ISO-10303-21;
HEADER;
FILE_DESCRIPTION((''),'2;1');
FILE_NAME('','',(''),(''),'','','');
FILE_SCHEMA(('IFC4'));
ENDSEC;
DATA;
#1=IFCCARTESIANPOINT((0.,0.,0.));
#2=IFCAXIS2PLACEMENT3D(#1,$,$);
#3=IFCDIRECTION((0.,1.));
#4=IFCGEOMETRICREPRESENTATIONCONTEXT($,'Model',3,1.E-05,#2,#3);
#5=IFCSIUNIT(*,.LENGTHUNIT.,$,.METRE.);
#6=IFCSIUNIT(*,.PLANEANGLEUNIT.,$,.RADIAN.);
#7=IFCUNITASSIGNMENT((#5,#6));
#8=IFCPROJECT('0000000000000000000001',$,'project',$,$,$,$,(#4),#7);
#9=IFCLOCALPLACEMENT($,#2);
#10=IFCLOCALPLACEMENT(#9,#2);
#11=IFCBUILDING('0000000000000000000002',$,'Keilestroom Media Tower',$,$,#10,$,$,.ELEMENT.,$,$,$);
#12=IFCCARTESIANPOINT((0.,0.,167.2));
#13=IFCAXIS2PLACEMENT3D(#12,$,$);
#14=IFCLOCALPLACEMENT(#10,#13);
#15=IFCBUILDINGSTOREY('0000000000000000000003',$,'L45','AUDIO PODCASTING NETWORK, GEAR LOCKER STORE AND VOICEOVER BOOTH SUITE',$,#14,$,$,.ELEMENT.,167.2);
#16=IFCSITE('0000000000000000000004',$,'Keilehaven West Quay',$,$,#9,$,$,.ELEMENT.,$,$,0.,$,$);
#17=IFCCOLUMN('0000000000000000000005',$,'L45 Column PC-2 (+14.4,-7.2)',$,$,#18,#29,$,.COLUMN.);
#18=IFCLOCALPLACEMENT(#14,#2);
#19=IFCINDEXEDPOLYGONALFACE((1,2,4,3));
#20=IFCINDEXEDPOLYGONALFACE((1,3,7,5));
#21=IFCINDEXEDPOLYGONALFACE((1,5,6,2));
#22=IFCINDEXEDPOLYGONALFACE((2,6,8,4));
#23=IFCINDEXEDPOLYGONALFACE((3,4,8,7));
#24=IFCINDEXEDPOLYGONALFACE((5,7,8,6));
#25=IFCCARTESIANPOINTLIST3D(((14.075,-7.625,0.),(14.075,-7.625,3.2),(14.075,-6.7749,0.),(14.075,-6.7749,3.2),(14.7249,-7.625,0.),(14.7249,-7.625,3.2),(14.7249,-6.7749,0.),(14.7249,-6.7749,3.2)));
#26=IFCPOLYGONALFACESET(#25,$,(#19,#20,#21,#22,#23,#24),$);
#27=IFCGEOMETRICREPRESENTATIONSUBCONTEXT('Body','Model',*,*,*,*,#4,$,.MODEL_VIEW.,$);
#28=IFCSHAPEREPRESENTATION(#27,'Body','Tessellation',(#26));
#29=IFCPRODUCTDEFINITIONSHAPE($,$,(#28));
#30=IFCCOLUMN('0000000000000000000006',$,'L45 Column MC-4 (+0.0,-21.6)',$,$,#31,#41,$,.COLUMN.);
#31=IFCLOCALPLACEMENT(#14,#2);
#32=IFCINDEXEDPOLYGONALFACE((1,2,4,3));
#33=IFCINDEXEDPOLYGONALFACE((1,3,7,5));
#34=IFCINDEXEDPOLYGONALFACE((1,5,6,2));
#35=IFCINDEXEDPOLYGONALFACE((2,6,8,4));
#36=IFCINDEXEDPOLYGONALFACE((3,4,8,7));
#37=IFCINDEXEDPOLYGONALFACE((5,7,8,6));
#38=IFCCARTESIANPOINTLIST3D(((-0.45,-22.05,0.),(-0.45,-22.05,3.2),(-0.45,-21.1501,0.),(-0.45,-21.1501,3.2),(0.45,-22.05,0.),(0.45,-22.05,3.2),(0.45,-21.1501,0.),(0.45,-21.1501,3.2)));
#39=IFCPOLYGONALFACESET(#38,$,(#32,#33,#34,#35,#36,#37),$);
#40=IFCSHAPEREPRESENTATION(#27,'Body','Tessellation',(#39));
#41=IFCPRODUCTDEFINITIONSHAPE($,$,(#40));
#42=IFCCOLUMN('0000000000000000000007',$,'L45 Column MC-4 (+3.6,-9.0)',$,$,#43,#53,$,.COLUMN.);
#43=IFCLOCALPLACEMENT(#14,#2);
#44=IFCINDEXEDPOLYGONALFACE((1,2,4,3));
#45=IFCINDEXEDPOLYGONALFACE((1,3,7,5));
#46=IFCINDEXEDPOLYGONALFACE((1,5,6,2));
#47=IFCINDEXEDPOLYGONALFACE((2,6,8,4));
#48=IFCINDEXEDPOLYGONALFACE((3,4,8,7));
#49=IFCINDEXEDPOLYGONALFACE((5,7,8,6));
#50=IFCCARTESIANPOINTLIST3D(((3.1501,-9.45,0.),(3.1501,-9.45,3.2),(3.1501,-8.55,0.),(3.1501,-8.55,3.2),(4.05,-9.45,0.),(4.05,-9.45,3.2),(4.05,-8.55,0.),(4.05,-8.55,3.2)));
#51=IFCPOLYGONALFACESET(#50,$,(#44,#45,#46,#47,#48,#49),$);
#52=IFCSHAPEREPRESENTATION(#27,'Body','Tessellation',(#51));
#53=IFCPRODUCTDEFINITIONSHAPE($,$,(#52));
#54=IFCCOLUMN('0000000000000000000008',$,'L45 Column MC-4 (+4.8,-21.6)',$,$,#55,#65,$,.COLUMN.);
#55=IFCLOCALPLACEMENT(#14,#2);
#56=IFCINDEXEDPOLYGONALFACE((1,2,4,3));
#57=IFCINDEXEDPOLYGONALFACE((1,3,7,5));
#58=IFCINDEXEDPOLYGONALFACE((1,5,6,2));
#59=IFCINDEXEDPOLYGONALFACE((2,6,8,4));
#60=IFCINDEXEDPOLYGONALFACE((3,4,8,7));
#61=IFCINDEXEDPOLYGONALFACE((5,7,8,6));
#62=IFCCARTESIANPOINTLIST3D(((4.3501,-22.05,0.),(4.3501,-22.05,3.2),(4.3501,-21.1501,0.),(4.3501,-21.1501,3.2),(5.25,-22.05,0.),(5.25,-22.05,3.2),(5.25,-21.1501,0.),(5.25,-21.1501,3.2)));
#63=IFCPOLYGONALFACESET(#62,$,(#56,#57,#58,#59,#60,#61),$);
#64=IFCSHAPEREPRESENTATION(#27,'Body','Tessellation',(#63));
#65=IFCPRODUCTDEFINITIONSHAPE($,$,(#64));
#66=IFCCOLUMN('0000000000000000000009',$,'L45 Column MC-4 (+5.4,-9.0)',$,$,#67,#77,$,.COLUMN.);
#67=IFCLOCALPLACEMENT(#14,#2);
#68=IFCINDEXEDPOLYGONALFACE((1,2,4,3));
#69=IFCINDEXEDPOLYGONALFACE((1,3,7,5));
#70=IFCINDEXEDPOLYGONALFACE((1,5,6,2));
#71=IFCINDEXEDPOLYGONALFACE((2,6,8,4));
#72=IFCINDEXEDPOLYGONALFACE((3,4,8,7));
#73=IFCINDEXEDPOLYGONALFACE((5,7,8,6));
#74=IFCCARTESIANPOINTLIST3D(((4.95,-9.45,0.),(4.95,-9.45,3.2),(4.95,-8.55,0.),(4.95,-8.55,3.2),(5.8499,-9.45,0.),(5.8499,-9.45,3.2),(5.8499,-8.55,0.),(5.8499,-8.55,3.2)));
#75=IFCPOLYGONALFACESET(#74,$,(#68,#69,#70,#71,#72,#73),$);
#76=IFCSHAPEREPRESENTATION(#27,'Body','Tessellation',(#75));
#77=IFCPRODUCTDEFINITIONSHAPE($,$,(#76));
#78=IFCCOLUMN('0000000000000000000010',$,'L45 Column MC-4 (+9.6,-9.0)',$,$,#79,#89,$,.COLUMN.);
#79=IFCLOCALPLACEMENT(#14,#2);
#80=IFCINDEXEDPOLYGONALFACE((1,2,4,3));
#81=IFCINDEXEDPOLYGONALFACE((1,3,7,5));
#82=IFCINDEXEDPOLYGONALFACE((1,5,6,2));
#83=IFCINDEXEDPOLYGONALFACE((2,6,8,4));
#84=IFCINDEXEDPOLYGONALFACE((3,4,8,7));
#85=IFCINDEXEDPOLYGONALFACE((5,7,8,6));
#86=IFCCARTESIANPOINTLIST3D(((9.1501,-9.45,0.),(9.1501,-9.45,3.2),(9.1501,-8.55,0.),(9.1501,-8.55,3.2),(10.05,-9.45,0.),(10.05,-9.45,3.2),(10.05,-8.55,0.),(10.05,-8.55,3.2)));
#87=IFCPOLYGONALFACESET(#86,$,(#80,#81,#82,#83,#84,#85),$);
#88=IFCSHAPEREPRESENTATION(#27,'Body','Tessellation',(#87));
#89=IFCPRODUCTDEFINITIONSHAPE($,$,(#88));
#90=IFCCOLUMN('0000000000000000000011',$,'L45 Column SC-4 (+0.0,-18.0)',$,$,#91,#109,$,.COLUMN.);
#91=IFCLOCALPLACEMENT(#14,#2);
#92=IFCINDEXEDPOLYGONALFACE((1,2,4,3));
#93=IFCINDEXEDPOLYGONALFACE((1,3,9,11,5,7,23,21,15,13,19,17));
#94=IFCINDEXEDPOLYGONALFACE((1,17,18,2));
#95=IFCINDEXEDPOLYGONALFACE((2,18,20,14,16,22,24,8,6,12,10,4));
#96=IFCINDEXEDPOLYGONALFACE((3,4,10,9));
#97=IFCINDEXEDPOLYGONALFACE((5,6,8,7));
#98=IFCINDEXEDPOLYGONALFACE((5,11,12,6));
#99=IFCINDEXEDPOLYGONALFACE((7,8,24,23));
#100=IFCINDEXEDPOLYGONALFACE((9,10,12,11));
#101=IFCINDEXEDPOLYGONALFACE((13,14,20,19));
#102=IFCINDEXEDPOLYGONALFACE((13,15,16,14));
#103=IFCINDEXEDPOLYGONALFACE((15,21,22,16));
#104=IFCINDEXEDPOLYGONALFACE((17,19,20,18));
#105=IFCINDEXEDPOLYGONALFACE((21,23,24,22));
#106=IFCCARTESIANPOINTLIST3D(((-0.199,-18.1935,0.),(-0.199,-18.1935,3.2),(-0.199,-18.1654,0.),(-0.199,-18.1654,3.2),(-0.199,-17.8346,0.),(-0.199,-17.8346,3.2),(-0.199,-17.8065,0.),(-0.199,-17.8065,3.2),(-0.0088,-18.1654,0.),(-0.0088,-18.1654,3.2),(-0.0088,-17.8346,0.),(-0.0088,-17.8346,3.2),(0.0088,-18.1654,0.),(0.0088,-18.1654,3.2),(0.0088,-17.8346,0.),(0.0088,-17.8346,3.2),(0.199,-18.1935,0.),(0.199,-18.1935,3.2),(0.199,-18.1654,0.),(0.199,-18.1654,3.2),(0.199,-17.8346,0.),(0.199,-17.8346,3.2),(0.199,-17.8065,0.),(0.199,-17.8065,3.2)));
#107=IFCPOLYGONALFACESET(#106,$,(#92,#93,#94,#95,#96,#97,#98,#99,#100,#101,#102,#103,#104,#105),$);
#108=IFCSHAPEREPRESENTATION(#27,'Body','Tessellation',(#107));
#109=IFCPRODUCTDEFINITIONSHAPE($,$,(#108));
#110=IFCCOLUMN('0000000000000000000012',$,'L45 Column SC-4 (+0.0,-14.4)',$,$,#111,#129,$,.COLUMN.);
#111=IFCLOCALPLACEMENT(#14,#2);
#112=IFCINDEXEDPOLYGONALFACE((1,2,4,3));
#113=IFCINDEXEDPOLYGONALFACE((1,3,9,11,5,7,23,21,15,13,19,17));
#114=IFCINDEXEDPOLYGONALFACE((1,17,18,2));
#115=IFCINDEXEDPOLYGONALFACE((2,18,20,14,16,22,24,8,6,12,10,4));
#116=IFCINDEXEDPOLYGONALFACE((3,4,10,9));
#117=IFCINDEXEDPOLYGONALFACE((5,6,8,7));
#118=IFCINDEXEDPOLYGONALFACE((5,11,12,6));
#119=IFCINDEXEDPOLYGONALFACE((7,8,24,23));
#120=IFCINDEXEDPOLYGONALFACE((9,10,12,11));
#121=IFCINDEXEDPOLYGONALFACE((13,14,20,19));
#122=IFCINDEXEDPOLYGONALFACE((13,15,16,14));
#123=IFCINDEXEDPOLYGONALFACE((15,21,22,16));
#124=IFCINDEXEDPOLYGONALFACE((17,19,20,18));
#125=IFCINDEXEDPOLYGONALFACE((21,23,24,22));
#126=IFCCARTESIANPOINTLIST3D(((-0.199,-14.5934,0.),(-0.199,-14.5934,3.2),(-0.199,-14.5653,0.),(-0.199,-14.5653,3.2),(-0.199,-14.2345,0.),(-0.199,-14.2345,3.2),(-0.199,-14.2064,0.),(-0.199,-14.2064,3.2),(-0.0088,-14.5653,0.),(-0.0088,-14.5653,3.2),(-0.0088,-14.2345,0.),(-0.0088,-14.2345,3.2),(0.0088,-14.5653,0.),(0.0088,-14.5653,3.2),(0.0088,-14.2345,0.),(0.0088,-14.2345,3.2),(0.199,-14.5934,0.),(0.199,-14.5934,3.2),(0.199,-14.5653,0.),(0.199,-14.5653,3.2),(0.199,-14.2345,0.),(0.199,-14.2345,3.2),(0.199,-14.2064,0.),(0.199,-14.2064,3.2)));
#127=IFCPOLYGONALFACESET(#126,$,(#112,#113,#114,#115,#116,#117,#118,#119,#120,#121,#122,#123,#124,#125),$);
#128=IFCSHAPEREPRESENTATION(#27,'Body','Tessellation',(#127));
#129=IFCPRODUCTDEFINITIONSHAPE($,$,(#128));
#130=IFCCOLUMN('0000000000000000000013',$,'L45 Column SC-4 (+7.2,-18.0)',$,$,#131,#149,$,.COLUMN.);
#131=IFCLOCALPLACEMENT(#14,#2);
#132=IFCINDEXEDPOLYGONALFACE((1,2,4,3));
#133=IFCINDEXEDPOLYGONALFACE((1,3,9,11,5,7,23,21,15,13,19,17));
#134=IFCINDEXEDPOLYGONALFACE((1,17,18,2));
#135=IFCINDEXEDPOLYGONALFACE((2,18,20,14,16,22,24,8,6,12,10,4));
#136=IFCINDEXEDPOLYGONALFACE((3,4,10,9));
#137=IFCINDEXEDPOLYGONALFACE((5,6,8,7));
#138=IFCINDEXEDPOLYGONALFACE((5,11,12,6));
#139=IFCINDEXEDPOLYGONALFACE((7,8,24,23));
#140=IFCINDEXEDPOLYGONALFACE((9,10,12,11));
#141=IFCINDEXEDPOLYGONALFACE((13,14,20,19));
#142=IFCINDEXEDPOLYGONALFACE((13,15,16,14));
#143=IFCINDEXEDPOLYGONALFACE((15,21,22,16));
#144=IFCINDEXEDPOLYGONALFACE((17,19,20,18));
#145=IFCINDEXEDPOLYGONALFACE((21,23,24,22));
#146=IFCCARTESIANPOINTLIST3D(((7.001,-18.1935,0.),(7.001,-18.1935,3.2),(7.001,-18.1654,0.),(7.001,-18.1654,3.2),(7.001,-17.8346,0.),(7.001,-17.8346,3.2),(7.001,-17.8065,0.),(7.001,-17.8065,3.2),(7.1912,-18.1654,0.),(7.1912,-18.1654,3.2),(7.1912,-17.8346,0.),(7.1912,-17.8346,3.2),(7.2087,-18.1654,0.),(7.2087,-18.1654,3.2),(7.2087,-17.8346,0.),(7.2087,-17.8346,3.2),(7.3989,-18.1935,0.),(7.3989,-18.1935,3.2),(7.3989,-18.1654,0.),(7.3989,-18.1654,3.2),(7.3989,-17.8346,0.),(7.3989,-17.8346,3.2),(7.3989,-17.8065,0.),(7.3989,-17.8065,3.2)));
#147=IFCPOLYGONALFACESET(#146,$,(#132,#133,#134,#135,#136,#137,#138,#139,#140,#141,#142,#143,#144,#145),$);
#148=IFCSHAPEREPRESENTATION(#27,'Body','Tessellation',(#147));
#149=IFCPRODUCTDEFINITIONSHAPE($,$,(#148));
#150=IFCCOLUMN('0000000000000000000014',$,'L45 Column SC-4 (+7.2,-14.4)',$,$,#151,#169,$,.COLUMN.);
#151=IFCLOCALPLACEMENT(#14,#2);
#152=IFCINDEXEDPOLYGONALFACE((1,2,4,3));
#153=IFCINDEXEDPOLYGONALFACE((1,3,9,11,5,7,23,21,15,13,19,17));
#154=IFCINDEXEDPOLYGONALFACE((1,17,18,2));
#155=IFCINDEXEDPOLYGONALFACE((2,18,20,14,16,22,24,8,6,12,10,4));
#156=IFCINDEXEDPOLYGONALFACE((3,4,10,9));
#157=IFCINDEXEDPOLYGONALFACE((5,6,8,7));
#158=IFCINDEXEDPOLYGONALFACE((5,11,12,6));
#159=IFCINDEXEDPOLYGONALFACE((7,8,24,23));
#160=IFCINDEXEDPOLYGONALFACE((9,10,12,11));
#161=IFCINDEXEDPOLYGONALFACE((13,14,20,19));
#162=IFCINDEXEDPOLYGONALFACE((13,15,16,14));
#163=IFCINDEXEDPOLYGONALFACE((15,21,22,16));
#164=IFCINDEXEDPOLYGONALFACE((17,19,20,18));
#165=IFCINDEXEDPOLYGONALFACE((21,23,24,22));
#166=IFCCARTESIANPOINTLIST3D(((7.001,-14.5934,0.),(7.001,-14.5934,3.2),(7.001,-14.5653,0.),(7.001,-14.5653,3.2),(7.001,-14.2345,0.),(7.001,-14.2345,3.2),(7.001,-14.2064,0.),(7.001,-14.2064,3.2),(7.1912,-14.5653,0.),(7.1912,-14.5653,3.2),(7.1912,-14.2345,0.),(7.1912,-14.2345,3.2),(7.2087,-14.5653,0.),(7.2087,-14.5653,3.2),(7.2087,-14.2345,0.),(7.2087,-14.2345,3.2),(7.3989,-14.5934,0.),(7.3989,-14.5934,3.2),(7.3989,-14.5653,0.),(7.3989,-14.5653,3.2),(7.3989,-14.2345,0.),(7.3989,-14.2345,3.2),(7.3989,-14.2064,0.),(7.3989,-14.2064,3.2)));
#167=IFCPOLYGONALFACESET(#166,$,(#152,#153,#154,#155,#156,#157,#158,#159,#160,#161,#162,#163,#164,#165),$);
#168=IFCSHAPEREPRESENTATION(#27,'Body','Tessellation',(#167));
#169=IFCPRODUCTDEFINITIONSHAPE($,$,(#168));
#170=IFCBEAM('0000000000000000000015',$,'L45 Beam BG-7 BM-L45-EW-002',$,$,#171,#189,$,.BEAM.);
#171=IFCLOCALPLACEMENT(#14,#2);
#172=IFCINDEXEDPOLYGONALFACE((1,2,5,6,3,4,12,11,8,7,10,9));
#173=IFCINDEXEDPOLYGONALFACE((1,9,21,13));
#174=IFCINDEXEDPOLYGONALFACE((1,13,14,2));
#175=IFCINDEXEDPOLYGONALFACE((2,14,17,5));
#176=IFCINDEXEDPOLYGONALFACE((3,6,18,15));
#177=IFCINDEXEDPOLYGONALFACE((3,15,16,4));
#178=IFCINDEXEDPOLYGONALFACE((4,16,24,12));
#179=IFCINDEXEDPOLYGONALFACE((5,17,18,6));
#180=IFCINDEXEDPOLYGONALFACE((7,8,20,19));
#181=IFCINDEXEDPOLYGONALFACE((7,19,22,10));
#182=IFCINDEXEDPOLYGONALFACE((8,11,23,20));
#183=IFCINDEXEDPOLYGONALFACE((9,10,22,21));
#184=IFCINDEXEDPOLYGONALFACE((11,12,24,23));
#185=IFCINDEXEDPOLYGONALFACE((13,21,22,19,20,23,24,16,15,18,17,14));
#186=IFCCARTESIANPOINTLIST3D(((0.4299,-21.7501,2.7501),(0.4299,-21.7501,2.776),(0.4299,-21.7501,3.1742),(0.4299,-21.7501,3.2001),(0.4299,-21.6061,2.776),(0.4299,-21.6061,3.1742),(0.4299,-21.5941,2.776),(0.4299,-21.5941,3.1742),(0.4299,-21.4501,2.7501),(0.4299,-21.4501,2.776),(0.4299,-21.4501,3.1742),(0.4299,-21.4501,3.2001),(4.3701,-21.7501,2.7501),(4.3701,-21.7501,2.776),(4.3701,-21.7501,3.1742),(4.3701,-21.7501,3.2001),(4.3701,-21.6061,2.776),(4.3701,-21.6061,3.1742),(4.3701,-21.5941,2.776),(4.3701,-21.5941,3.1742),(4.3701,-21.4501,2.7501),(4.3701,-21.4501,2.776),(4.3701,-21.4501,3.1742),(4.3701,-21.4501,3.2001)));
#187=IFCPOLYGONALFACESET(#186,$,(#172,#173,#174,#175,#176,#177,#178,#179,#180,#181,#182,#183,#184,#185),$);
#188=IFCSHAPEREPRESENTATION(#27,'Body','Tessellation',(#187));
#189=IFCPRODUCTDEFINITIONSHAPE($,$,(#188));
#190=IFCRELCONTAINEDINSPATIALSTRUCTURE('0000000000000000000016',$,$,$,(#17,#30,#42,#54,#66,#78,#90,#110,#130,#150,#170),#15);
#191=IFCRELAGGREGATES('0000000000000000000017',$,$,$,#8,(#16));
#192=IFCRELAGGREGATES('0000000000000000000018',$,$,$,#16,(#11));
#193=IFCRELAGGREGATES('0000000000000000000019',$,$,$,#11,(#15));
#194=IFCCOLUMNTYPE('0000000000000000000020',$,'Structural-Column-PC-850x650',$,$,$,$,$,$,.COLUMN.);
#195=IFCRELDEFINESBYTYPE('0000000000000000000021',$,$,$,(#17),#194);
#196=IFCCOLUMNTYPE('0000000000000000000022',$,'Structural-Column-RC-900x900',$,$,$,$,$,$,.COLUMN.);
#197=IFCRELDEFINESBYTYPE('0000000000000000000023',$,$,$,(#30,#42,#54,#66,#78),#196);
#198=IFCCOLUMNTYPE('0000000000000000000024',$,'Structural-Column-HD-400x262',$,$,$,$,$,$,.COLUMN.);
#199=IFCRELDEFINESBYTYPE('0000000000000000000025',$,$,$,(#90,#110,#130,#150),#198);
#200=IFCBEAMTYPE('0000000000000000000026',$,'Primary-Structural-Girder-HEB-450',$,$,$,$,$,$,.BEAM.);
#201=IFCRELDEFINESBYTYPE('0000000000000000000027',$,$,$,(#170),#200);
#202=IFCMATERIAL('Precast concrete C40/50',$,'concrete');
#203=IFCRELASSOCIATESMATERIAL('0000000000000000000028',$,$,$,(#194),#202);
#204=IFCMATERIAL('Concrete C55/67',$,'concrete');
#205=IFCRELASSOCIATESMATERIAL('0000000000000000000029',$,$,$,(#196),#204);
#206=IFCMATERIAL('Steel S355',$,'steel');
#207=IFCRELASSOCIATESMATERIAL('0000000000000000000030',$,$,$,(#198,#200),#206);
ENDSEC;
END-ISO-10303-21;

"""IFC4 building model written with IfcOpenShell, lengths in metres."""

from ifc_helpers import new_model, si_unit, direction, frame, origin, origin_2d, place, context, subcontext, project, spatial, rectangle, i_section, extrude, source, transform, mapped, material, material_profile, profile_set, type_object, element, save


model = new_model("IFC4")

# Units and contexts
model_context = context("Model", 3, precision=1e-05, world=origin(), true_north=direction((0.0, 1.0)))
body_context = subcontext(model_context, "Body", "Model", "MODEL_VIEW")
ifc_project = project(units=[si_unit("LENGTHUNIT", "METRE"), si_unit("PLANEANGLEUNIT", "RADIAN")], contexts=[model_context])

# Site, building, storey
site_placement = place(None, origin())
site = spatial("IfcSite", under=ifc_project, at=site_placement, Name="Keilehaven West Quay", CompositionType="ELEMENT", RefElevation=0.0)
building_placement = place(site_placement, origin())
building = spatial("IfcBuilding", under=site, at=building_placement, Name="Keilestroom Media Tower", CompositionType="ELEMENT")
storey_placement = place(building_placement, frame((0.0, 0.0, 167.2)))
storey = spatial("IfcBuildingStorey", under=building, at=storey_placement, Name="L45", Description="AUDIO PODCASTING NETWORK, GEAR LOCKER STORE AND VOICEOVER BOOTH SUITE", CompositionType="ELEMENT", Elevation=167.2)

# Columns
ifc_material_1 = material(Name="Precast concrete C40/50", Category="concrete")
ifc_material_profile_1 = material_profile(ifc_material_1, rectangle(XDim=0.6499, YDim=0.8501, at=origin_2d()), Name="PC 850x650")
ifc_profile_set_1 = profile_set([ifc_material_profile_1], Name="Precast concrete C40/50")
column_type_1 = type_object("IfcColumnType", Name="Structural-Column-PC-850x650", PredefinedType="COLUMN", material=ifc_profile_set_1)
shared_shape_1 = source(origin(), body_context, "Body", "SweptSolid", [
    extrude(rectangle(XDim=0.6499, YDim=0.8501, at=origin_2d()), origin(), (0.0, 0.0, 1.0), 3.2),
])
column_placement = place(storey_placement, frame((14.3999, -7.2, 0.0), z_axis=(0.0, 0.0, 1.0), x_axis=(1.0, 0.0, 0.0)))
element("IfcColumn", 1, at=column_placement, inside=storey, type_object=column_type_1, Name="L45 Column PC-2 (+14.4,-7.2)", PredefinedType="COLUMN", context=body_context, shape_type="MappedRepresentation", body=[
    mapped(shared_shape_1, transform((0.0, 0.0, 0.0), x_axis=(1.0, 0.0, 0.0), y_axis=(0.0, 1.0, 0.0), z_axis=(0.0, 0.0, 1.0), scale=1.0)),
])
ifc_material_2 = material(Name="Concrete C55/67", Category="concrete")
ifc_material_profile_2 = material_profile(ifc_material_2, rectangle(XDim=0.8999, YDim=0.8999, at=origin_2d()), Name="RC 900x900")
ifc_profile_set_2 = profile_set([ifc_material_profile_2], Name="Concrete C55/67")
column_type_2 = type_object("IfcColumnType", Name="Structural-Column-RC-900x900", PredefinedType="COLUMN", material=ifc_profile_set_2)
shared_shape_2 = source(origin(), body_context, "Body", "SweptSolid", [
    extrude(rectangle(XDim=0.8999, YDim=0.8999, at=origin_2d()), origin(), (0.0, 0.0, 1.0), 3.2),
])
for number, where, z_axis, x_axis, name in (
    (2, (0.0, -21.6001, 0.0), (0.0, 0.0, 1.0), (1.0, 0.0, 0.0), "L45 Column MC-4 (+0.0,-21.6)"),
    (3, (3.6001, -9.0, 0.0), (0.0, 0.0, 1.0), (1.0, 0.0, 0.0), "L45 Column MC-4 (+3.6,-9.0)"),
    (4, (4.8, -21.6001, 0.0), (0.0, 0.0, 1.0), (1.0, 0.0, 0.0), "L45 Column MC-4 (+4.8,-21.6)"),
    (5, (5.3999, -9.0, 0.0), (0.0, 0.0, 1.0), (1.0, 0.0, 0.0), "L45 Column MC-4 (+5.4,-9.0)"),
    (6, (9.6001, -9.0, 0.0), (0.0, 0.0, 1.0), (1.0, 0.0, 0.0), "L45 Column MC-4 (+9.6,-9.0)"),
):
    element("IfcColumn", number, at=place(storey_placement, frame(where, z_axis=z_axis, x_axis=x_axis)), inside=storey, type_object=column_type_2, Name=name, PredefinedType="COLUMN", context=body_context, shape_type="MappedRepresentation", body=[
        mapped(shared_shape_2, transform((0.0, 0.0, 0.0), x_axis=(1.0, 0.0, 0.0), y_axis=(0.0, 1.0, 0.0), z_axis=(0.0, 0.0, 1.0), scale=1.0)),
    ])
ifc_material_3 = material(Name="Steel S355", Category="steel")
ifc_material_profile_3 = material_profile(ifc_material_3, i_section(OverallWidth=0.3979, OverallDepth=0.387, WebThickness=0.0176, FlangeThickness=0.0281, at=origin_2d()), Name="HD 400x262")
ifc_profile_set_3 = profile_set([ifc_material_profile_3], Name="Steel S355")
column_type_3 = type_object("IfcColumnType", Name="Structural-Column-HD-400x262", PredefinedType="COLUMN", material=ifc_profile_set_3)
shared_shape_3 = source(origin(), body_context, "Body", "SweptSolid", [
    extrude(i_section(OverallWidth=0.3979, OverallDepth=0.387, WebThickness=0.0176, FlangeThickness=0.0281, at=origin_2d()), origin(), (0.0, 0.0, 1.0), 3.2),
])
for number, where, z_axis, x_axis, name in (
    (7, (0.0, -18.0, 0.0), (0.0, 0.0, 1.0), (1.0, 0.0, 0.0), "L45 Column SC-4 (+0.0,-18.0)"),
    (8, (0.0, -14.3999, 0.0), (0.0, 0.0, 1.0), (1.0, 0.0, 0.0), "L45 Column SC-4 (+0.0,-14.4)"),
    (9, (7.2, -18.0, 0.0), (0.0, 0.0, 1.0), (1.0, 0.0, 0.0), "L45 Column SC-4 (+7.2,-18.0)"),
    (10, (7.2, -14.3999, 0.0), (0.0, 0.0, 1.0), (1.0, 0.0, 0.0), "L45 Column SC-4 (+7.2,-14.4)"),
):
    element("IfcColumn", number, at=place(storey_placement, frame(where, z_axis=z_axis, x_axis=x_axis)), inside=storey, type_object=column_type_3, Name=name, PredefinedType="COLUMN", context=body_context, shape_type="MappedRepresentation", body=[
        mapped(shared_shape_3, transform((0.0, 0.0, 0.0), x_axis=(1.0, 0.0, 0.0), y_axis=(0.0, 1.0, 0.0), z_axis=(0.0, 0.0, 1.0), scale=1.0)),
    ])

# Beam
ifc_material_profile_4 = material_profile(ifc_material_3, i_section(OverallWidth=0.3, OverallDepth=0.45, WebThickness=0.012, FlangeThickness=0.0259, at=origin_2d()), Name="HEB 450")
ifc_profile_set_4 = profile_set([ifc_material_profile_4], Name="Steel S355")
beam_type_1 = type_object("IfcBeamType", Name="Primary-Structural-Girder-HEB-450", PredefinedType="BEAM", material=ifc_profile_set_4)
shared_shape_4 = source(origin(), body_context, "Body", "SweptSolid", [
    extrude(i_section(OverallWidth=0.3, OverallDepth=0.45, WebThickness=0.012, FlangeThickness=0.0259, at=origin_2d()), origin(), (0.0, 0.0, 1.0), 3.9402),
])
beam_1_placement = place(storey_placement, frame((0.4299, -21.6001, 2.9751), z_axis=(1.0, 0.0, 0.0), x_axis=(0.0, 1.0, 0.0)))
element("IfcBeam", 11, at=beam_1_placement, inside=storey, type_object=beam_type_1, Name="L45 Beam BG-7 BM-L45-EW-002", PredefinedType="BEAM", context=body_context, shape_type="MappedRepresentation", body=[
    mapped(shared_shape_4, transform((0.0, 0.0, 0.0), x_axis=(1.0, 0.0, 0.0), y_axis=(0.0, 1.0, 0.0), z_axis=(0.0, 0.0, 1.0), scale=1.0)),
])

save(model, "model.ifc")
